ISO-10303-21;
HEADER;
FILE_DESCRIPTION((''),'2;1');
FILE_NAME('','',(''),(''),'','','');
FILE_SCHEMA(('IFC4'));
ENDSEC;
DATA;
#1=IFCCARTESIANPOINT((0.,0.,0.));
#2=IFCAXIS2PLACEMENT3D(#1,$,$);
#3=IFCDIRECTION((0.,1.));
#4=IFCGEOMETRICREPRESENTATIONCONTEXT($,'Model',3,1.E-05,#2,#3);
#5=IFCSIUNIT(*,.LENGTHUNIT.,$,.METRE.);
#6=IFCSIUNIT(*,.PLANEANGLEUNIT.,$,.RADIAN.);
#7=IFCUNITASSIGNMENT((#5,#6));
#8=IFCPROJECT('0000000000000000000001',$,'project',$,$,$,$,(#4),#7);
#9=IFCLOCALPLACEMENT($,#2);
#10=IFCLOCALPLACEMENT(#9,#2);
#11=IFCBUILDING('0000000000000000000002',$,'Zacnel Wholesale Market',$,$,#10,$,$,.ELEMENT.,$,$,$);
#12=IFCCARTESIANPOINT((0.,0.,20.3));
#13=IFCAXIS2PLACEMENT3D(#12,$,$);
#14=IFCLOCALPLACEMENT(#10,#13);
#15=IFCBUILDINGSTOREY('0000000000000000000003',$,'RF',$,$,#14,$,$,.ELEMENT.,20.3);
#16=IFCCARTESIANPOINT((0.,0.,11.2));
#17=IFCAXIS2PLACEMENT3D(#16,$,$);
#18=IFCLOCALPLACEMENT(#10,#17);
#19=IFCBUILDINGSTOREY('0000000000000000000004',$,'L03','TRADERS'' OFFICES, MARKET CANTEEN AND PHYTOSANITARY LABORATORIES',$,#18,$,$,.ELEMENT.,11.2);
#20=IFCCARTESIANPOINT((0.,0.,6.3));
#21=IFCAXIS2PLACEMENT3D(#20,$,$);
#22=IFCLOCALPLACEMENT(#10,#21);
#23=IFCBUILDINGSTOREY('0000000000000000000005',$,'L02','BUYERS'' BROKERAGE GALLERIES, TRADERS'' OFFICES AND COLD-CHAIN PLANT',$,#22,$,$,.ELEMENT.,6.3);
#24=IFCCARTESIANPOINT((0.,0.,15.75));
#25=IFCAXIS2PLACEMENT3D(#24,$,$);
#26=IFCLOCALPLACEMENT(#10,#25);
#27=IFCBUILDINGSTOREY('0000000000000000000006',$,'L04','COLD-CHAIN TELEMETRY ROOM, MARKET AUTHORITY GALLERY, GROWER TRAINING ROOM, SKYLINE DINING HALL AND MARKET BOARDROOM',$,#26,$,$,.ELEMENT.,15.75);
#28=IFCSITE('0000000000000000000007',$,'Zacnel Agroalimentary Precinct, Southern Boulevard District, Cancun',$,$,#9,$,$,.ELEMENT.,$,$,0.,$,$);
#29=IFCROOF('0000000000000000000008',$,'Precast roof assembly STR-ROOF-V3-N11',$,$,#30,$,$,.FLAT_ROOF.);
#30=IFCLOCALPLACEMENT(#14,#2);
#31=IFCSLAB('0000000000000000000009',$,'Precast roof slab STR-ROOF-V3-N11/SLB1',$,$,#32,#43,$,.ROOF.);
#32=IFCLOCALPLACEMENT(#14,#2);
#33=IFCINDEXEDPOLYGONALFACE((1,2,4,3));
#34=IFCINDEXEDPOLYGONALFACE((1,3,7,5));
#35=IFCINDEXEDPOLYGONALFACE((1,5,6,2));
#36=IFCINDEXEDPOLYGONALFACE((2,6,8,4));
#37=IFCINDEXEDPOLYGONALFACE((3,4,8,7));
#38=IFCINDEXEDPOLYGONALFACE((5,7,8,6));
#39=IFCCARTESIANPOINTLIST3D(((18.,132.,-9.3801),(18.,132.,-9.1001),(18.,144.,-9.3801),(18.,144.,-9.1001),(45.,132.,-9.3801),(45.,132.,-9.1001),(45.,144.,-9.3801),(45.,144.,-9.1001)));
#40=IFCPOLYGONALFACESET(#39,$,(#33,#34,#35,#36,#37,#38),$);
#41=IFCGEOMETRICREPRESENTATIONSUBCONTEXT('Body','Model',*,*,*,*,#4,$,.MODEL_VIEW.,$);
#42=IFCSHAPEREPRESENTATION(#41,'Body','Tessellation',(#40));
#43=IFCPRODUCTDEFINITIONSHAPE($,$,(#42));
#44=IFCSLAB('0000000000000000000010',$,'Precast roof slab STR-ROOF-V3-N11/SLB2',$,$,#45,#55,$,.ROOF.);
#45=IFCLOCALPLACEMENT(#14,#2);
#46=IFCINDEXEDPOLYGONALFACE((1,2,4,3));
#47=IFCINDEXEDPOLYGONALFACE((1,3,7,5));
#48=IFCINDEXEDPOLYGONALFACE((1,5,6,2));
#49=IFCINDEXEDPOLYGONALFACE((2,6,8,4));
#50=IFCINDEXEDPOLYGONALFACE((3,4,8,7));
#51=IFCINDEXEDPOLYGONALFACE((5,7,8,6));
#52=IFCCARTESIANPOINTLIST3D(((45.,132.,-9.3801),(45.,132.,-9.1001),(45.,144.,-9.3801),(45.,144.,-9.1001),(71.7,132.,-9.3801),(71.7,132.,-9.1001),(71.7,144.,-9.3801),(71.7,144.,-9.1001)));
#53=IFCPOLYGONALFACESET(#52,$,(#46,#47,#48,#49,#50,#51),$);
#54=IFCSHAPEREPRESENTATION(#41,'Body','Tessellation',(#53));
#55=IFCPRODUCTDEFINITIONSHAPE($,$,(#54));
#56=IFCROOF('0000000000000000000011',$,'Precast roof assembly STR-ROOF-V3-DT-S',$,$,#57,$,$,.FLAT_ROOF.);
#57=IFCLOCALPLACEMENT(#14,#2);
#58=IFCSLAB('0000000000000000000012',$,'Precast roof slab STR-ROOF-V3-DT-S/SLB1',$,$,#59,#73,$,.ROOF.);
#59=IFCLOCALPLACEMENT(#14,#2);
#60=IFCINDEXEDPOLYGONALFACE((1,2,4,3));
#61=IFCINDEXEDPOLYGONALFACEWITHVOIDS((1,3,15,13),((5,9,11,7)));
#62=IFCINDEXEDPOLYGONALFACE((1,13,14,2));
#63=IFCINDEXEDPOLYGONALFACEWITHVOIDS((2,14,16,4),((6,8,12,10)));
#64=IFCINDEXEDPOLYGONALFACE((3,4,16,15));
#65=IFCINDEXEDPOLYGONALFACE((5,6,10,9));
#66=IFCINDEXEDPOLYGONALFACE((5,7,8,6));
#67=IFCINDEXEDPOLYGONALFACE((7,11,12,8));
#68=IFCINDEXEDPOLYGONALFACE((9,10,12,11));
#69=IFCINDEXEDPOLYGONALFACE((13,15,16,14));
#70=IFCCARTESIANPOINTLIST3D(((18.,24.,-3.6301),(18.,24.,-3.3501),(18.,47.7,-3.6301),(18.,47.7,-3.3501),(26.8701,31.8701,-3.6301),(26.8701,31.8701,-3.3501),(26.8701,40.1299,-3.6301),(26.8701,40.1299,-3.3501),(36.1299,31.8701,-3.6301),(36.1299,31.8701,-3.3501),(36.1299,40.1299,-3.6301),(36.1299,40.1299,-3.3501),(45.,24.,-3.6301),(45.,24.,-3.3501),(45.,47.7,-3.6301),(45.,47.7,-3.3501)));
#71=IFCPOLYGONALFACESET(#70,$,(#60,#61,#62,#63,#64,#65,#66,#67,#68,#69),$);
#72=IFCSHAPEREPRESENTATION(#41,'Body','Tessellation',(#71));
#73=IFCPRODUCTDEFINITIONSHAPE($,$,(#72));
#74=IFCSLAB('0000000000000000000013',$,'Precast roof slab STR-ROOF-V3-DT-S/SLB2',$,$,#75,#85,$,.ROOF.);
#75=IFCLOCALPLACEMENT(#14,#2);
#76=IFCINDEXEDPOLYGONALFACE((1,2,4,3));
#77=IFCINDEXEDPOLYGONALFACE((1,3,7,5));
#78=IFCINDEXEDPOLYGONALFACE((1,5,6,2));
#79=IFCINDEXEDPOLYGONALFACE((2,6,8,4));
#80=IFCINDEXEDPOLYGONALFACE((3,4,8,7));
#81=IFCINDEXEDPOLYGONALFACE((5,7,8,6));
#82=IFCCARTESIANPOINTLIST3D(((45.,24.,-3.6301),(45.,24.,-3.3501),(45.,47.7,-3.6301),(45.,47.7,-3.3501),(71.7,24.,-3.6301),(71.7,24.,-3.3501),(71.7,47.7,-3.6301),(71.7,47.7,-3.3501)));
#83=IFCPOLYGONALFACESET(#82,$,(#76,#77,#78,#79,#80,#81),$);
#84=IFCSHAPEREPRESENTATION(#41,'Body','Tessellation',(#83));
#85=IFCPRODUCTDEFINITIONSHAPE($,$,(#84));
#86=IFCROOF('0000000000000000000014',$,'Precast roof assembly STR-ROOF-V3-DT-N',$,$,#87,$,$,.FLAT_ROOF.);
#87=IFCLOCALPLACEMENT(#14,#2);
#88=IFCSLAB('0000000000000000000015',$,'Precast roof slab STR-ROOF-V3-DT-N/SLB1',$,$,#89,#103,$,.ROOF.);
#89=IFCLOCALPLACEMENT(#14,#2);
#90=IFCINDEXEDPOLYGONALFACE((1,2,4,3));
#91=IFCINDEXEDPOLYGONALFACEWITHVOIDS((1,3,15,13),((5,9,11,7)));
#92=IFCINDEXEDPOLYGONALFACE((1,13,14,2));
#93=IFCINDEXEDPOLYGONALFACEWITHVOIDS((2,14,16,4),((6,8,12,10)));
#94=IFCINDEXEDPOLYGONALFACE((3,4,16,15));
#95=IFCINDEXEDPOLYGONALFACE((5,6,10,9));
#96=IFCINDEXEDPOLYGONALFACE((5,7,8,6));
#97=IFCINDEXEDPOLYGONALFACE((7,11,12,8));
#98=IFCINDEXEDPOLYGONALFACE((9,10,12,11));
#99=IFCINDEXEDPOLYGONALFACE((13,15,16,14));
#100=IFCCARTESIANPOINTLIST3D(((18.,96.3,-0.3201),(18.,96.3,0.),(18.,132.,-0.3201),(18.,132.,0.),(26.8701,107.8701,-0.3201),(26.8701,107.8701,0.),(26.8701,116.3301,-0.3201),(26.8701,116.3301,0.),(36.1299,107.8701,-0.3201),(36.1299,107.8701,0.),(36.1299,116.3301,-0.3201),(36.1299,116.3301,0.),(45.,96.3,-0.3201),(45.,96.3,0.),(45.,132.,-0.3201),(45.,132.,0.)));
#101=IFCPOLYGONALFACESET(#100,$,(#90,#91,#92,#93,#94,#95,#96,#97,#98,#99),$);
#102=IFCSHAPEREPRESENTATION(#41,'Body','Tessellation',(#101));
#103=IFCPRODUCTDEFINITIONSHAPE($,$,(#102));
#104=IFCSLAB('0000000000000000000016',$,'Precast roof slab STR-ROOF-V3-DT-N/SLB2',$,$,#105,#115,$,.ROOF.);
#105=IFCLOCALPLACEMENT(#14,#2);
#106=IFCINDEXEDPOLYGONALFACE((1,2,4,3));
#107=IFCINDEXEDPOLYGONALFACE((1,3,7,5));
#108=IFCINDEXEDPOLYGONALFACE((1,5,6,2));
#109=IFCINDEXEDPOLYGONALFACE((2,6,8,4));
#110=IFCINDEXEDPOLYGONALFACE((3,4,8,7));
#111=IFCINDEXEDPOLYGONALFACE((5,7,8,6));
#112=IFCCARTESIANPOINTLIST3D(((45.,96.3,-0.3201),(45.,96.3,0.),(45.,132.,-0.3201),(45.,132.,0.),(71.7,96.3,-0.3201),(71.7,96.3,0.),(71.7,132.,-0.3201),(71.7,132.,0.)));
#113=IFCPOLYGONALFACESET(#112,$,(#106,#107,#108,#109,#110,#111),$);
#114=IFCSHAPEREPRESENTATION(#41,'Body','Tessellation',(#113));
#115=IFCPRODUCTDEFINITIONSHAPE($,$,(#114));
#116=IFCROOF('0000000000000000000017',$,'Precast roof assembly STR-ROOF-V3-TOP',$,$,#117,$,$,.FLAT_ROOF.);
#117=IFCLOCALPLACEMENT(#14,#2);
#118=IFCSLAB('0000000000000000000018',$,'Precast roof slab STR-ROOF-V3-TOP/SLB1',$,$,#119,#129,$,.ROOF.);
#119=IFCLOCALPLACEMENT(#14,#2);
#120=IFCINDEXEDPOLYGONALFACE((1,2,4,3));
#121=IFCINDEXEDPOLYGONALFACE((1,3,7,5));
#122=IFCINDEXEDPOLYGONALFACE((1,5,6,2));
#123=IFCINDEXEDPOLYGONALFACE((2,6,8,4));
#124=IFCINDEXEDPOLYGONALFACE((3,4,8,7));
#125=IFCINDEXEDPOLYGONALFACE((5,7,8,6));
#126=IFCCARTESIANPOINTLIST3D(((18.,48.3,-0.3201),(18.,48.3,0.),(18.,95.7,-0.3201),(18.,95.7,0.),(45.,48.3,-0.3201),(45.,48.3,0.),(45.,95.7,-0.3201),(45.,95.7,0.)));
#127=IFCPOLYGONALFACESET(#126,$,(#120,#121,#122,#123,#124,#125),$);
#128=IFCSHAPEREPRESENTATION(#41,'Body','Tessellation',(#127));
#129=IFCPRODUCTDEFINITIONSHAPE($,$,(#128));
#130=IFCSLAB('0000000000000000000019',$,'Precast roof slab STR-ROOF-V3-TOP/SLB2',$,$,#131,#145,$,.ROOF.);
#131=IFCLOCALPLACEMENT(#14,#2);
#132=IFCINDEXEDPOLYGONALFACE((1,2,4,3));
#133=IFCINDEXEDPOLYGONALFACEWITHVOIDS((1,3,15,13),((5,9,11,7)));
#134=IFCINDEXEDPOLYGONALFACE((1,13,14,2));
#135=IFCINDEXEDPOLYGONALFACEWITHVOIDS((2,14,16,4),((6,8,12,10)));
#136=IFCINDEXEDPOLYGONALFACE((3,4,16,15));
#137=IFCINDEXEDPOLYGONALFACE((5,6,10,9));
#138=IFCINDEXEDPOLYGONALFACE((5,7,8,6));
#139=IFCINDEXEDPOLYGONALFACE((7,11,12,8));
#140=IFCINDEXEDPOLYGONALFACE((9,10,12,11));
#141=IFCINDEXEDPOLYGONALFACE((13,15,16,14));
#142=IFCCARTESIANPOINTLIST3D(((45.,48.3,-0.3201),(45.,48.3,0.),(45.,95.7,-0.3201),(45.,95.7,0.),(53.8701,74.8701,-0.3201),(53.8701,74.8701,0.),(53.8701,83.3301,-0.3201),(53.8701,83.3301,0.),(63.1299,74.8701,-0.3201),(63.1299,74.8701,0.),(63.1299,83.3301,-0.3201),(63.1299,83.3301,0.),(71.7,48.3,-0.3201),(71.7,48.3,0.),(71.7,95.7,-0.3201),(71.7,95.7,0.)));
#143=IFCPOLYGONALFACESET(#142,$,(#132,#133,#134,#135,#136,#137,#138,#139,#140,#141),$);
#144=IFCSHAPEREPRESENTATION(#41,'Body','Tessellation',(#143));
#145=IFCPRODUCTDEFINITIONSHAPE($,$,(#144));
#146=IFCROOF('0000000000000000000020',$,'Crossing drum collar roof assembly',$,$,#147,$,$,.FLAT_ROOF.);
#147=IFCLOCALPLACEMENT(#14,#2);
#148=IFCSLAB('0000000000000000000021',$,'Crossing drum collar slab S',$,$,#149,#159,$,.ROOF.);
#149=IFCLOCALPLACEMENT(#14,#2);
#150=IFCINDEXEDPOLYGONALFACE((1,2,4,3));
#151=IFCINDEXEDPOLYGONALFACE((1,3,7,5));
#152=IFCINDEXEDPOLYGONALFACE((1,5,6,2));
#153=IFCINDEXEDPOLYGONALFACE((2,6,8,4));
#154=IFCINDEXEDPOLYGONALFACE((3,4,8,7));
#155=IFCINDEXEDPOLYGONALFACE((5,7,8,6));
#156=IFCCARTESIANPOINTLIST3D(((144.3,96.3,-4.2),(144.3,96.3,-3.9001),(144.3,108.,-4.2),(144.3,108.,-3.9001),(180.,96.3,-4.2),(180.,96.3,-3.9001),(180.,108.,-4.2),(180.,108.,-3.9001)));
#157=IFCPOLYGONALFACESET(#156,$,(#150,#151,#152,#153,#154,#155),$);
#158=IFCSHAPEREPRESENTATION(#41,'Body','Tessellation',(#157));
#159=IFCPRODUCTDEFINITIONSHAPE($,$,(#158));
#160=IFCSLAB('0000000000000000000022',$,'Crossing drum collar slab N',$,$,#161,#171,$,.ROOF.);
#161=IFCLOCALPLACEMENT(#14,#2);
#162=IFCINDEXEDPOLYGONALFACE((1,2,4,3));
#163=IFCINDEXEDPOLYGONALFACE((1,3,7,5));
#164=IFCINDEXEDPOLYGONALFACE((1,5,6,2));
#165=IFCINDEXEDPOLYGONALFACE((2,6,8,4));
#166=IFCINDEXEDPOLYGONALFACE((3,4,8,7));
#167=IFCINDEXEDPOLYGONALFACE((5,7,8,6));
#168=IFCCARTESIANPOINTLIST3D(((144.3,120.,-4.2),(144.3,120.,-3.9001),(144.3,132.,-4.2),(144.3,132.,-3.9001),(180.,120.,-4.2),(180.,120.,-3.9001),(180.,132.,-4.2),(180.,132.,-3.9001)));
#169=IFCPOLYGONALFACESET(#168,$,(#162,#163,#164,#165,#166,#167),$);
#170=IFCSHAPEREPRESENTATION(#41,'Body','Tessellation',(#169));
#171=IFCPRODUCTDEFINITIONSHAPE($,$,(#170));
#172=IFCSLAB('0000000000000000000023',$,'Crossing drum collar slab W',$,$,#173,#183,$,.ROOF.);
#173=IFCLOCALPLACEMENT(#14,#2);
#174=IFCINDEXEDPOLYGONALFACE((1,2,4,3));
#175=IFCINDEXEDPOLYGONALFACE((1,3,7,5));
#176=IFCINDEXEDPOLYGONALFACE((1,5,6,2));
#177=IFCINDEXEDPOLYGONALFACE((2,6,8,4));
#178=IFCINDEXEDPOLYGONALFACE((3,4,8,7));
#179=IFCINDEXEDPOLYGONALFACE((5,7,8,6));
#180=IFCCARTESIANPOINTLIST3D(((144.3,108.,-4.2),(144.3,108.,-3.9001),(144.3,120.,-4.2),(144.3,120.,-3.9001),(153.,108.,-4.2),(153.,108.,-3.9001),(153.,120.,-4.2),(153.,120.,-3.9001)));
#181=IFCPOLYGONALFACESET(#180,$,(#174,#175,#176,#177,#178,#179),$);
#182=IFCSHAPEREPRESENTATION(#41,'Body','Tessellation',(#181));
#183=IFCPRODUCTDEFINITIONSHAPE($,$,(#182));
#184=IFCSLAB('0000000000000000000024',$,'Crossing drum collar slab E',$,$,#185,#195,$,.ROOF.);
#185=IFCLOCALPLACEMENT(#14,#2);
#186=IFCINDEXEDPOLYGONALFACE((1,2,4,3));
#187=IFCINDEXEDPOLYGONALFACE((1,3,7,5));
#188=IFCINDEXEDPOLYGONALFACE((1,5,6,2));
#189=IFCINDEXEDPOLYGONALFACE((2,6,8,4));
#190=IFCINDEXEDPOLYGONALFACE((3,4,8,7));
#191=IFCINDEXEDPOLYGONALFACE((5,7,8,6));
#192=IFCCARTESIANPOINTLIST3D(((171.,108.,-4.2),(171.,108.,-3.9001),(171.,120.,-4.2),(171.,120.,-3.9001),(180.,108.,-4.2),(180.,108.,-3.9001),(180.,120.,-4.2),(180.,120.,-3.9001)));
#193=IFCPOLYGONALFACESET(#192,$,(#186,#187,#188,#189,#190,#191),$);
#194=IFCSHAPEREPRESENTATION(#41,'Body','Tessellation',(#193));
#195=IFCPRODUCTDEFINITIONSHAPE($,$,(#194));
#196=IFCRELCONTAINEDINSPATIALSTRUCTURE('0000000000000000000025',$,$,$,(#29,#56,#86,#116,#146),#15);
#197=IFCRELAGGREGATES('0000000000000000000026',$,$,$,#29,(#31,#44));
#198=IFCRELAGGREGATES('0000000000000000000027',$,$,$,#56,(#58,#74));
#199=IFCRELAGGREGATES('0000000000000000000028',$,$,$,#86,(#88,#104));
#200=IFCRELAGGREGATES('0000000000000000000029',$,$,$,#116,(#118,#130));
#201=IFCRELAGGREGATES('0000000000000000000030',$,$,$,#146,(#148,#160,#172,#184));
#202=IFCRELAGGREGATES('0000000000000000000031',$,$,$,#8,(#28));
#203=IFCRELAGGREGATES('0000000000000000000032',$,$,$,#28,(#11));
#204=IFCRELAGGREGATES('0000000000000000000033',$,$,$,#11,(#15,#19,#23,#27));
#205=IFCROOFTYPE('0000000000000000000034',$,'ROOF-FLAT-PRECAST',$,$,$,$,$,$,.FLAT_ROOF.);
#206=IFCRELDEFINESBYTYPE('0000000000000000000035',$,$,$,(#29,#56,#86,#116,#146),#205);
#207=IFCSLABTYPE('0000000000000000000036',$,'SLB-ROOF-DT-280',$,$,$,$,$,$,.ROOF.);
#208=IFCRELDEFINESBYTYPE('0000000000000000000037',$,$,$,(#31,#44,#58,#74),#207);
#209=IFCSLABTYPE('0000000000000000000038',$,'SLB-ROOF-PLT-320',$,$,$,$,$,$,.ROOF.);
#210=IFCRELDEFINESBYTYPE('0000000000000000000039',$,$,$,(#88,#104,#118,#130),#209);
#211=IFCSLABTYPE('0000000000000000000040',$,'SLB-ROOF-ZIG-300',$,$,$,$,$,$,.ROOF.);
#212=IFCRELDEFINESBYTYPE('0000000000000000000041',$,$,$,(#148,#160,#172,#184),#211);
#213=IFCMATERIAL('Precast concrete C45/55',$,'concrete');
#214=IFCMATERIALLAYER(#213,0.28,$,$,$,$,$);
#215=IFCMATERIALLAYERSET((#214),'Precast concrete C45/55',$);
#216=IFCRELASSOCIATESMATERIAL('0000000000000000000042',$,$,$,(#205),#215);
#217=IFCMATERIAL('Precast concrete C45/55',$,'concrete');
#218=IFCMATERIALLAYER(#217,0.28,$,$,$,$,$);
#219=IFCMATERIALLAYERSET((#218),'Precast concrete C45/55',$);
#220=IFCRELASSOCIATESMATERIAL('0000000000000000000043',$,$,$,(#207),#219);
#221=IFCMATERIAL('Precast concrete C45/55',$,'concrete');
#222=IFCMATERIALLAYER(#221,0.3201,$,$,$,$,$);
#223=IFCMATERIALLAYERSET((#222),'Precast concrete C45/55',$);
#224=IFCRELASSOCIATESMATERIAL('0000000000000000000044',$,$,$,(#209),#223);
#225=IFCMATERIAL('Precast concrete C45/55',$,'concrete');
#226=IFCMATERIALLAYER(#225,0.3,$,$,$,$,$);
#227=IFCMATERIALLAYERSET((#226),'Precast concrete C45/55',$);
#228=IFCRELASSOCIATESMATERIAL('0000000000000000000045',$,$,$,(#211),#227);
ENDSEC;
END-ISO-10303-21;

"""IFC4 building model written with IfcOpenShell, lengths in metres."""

from ifc_helpers import new_model, si_unit, direction, frame, origin, place, context, subcontext, project, spatial, polyline, outline, extrude, material, layer, layer_set, type_object, element, aggregate, save


model = new_model("IFC4")

# Units and contexts
model_context = context("Model", 3, precision=1e-05, world=origin(), true_north=direction((0.0, 1.0)))
body_context = subcontext(model_context, "Body", "Model", "MODEL_VIEW")
ifc_project = project(units=[si_unit("LENGTHUNIT", "METRE"), si_unit("PLANEANGLEUNIT", "RADIAN")], contexts=[model_context])

# Site, building, storey
site_placement = place(None, origin())
site = spatial("IfcSite", under=ifc_project, at=site_placement, Name="Zacnel Agroalimentary Precinct, Southern Boulevard District, Cancun", CompositionType="ELEMENT", RefElevation=0.0)
building_placement = place(site_placement, origin())
building = spatial("IfcBuilding", under=site, at=building_placement, Name="Zacnel Wholesale Market", CompositionType="ELEMENT")
storey_1_placement = place(building_placement, frame((0.0, 0.0, 20.3)))
storey_1 = spatial("IfcBuildingStorey", under=building, at=storey_1_placement, Name="RF", CompositionType="ELEMENT", Elevation=20.3)

# Shared definitions
ifc_material_1 = material(Name="Precast concrete C45/55", Category="concrete")
ifc_layer_1 = layer(ifc_material_1, 0.28)
ifc_layer_set_1 = layer_set([ifc_layer_1], Name="Precast concrete C45/55")
roof_type = type_object("IfcRoofType", Name="ROOF-FLAT-PRECAST", PredefinedType="FLAT_ROOF", material=ifc_layer_set_1)

# Shared definitions
ifc_material_2 = material(Name="Precast concrete C45/55", Category="concrete")
ifc_layer_2 = layer(ifc_material_2, 0.28)
ifc_layer_set_2 = layer_set([ifc_layer_2], Name="Precast concrete C45/55")
slab_type_1 = type_object("IfcSlabType", Name="SLB-ROOF-DT-280", PredefinedType="ROOF", material=ifc_layer_set_2)

# Shared definitions
storey_2_placement = place(building_placement, frame((0.0, 0.0, 11.2)))
storey_2 = spatial("IfcBuildingStorey", under=building, at=storey_2_placement, Name="L03", Description="TRADERS' OFFICES, MARKET CANTEEN AND PHYTOSANITARY LABORATORIES", CompositionType="ELEMENT", Elevation=11.2)

# Shared definitions
storey_3_placement = place(building_placement, frame((0.0, 0.0, 6.3)))
storey_3 = spatial("IfcBuildingStorey", under=building, at=storey_3_placement, Name="L02", Description="BUYERS' BROKERAGE GALLERIES, TRADERS' OFFICES AND COLD-CHAIN PLANT", CompositionType="ELEMENT", Elevation=6.3)

# Roofs, slabs
roof_1_placement = place(storey_1_placement, origin())
roof_1 = element("IfcRoof", 1, at=roof_1_placement, inside=storey_1, type_object=roof_type, Name="Precast roof assembly STR-ROOF-V3-N11", PredefinedType="FLAT_ROOF")
slab_1_placement = place(storey_1_placement, frame((0.0, 0.0, -9.3801)))
slab_1 = element("IfcSlab", 2, at=slab_1_placement, type_object=slab_type_1, Name="Precast roof slab STR-ROOF-V3-N11/SLB1", PredefinedType="ROOF", context=body_context, shape_type="SweptSolid", body=[
    extrude(outline(polyline([(45.0, 144.0), (45.0, 132.0), (18.0, 132.0), (18.0, 144.0), (45.0, 144.0)])), origin(), (0.0, 0.0, 1.0), 0.28),
])
slab_2_placement = place(storey_1_placement, frame((0.0, 0.0, -9.3801)))
slab_2 = element("IfcSlab", 3, at=slab_2_placement, type_object=slab_type_1, Name="Precast roof slab STR-ROOF-V3-N11/SLB2", PredefinedType="ROOF", context=body_context, shape_type="SweptSolid", body=[
    extrude(outline(polyline([(71.7, 132.0), (45.0, 132.0), (45.0, 144.0), (71.7, 144.0), (71.7, 132.0)])), origin(), (0.0, 0.0, 1.0), 0.28),
])
aggregate(roof_1, [slab_1, slab_2])
roof_2_placement = place(storey_1_placement, origin())
roof_2 = element("IfcRoof", 4, at=roof_2_placement, inside=storey_1, type_object=roof_type, Name="Precast roof assembly STR-ROOF-V3-DT-S", PredefinedType="FLAT_ROOF")
slab_3_placement = place(storey_1_placement, frame((0.0, 0.0, -3.6301)))
slab_3 = element("IfcSlab", 5, at=slab_3_placement, type_object=slab_type_1, Name="Precast roof slab STR-ROOF-V3-DT-S/SLB1", PredefinedType="ROOF", context=body_context, shape_type="SweptSolid", body=[
    extrude(outline(polyline([(18.0, 47.7), (45.0, 47.7), (45.0, 24.0), (18.0, 24.0), (18.0, 47.7)]), holes=[polyline([(26.8701, 40.1299), (26.8701, 31.8701), (36.1299, 31.8701), (36.1299, 40.1299), (26.8701, 40.1299)])]), origin(), (0.0, 0.0, 1.0), 0.28),
])
slab_4_placement = place(storey_1_placement, frame((0.0, 0.0, -3.6301)))
slab_4 = element("IfcSlab", 6, at=slab_4_placement, type_object=slab_type_1, Name="Precast roof slab STR-ROOF-V3-DT-S/SLB2", PredefinedType="ROOF", context=body_context, shape_type="SweptSolid", body=[
    extrude(outline(polyline([(71.7, 47.7), (71.7, 24.0), (45.0, 24.0), (45.0, 47.7), (71.7, 47.7)])), origin(), (0.0, 0.0, 1.0), 0.28),
])
aggregate(roof_2, [slab_3, slab_4])
roof_3_placement = place(storey_1_placement, origin())
roof_3 = element("IfcRoof", 7, at=roof_3_placement, inside=storey_1, type_object=roof_type, Name="Precast roof assembly STR-ROOF-V3-DT-N", PredefinedType="FLAT_ROOF")
ifc_material_3 = material(Name="Precast concrete C45/55", Category="concrete")
ifc_layer_3 = layer(ifc_material_3, 0.3201)
ifc_layer_set_3 = layer_set([ifc_layer_3], Name="Precast concrete C45/55")
slab_type_2 = type_object("IfcSlabType", Name="SLB-ROOF-PLT-320", PredefinedType="ROOF", material=ifc_layer_set_3)
slab_5_placement = place(storey_1_placement, frame((0.0, 0.0, -0.3201)))
slab_5 = element("IfcSlab", 8, at=slab_5_placement, type_object=slab_type_2, Name="Precast roof slab STR-ROOF-V3-DT-N/SLB1", PredefinedType="ROOF", context=body_context, shape_type="SweptSolid", body=[
    extrude(outline(polyline([(18.0, 132.0), (45.0, 132.0), (45.0, 96.3), (18.0, 96.3), (18.0, 132.0)]), holes=[polyline([(26.8701, 116.3301), (26.8701, 107.8701), (36.1299, 107.8701), (36.1299, 116.3301), (26.8701, 116.3301)])]), origin(), (0.0, 0.0, 1.0), 0.3201),
])
slab_6_placement = place(storey_1_placement, frame((0.0, 0.0, -0.3201)))
slab_6 = element("IfcSlab", 9, at=slab_6_placement, type_object=slab_type_2, Name="Precast roof slab STR-ROOF-V3-DT-N/SLB2", PredefinedType="ROOF", context=body_context, shape_type="SweptSolid", body=[
    extrude(outline(polyline([(71.7, 132.0), (71.7, 96.3), (45.0, 96.3), (45.0, 132.0), (71.7, 132.0)])), origin(), (0.0, 0.0, 1.0), 0.3201),
])
aggregate(roof_3, [slab_5, slab_6])
roof_4_placement = place(storey_1_placement, origin())
roof_4 = element("IfcRoof", 10, at=roof_4_placement, inside=storey_1, type_object=roof_type, Name="Precast roof assembly STR-ROOF-V3-TOP", PredefinedType="FLAT_ROOF")
slab_7_placement = place(storey_1_placement, frame((0.0, 0.0, -0.3201)))
slab_7 = element("IfcSlab", 11, at=slab_7_placement, type_object=slab_type_2, Name="Precast roof slab STR-ROOF-V3-TOP/SLB1", PredefinedType="ROOF", context=body_context, shape_type="SweptSolid", body=[
    extrude(outline(polyline([(18.0, 95.7), (45.0, 95.7), (45.0, 48.3), (18.0, 48.3), (18.0, 95.7)])), origin(), (0.0, 0.0, 1.0), 0.3201),
])
slab_8_placement = place(storey_1_placement, frame((0.0, 0.0, -0.3201)))
slab_8 = element("IfcSlab", 12, at=slab_8_placement, type_object=slab_type_2, Name="Precast roof slab STR-ROOF-V3-TOP/SLB2", PredefinedType="ROOF", context=body_context, shape_type="SweptSolid", body=[
    extrude(outline(polyline([(71.7, 95.7), (71.7, 48.3), (45.0, 48.3), (45.0, 95.7), (71.7, 95.7)]), holes=[polyline([(53.8701, 83.3301), (53.8701, 74.8701), (63.1299, 74.8701), (63.1299, 83.3301), (53.8701, 83.3301)])]), origin(), (0.0, 0.0, 1.0), 0.3201),
])
aggregate(roof_4, [slab_7, slab_8])
roof_5_placement = place(storey_1_placement, origin())
roof_5 = element("IfcRoof", 13, at=roof_5_placement, inside=storey_1, type_object=roof_type, Name="Crossing drum collar roof assembly", PredefinedType="FLAT_ROOF")
ifc_material_4 = material(Name="Precast concrete C45/55", Category="concrete")
ifc_layer_4 = layer(ifc_material_4, 0.3)
ifc_layer_set_4 = layer_set([ifc_layer_4], Name="Precast concrete C45/55")
slab_type_3 = type_object("IfcSlabType", Name="SLB-ROOF-ZIG-300", PredefinedType="ROOF", material=ifc_layer_set_4)
slab_9_placement = place(storey_1_placement, frame((0.0, 0.0, -4.2)))
slab_9 = element("IfcSlab", 14, at=slab_9_placement, type_object=slab_type_3, Name="Crossing drum collar slab S", PredefinedType="ROOF", context=body_context, shape_type="SweptSolid", body=[
    extrude(outline(polyline([(144.3, 96.3), (180.0, 96.3), (180.0, 108.0), (144.3, 108.0), (144.3, 96.3)])), origin(), (0.0, 0.0, 1.0), 0.2998),
])
slab_10_placement = place(storey_1_placement, frame((0.0, 0.0, -4.2)))
slab_10 = element("IfcSlab", 15, at=slab_10_placement, type_object=slab_type_3, Name="Crossing drum collar slab N", PredefinedType="ROOF", context=body_context, shape_type="SweptSolid", body=[
    extrude(outline(polyline([(144.3, 120.0), (180.0, 120.0), (180.0, 132.0), (144.3, 132.0), (144.3, 120.0)])), origin(), (0.0, 0.0, 1.0), 0.2998),
])
slab_11_placement = place(storey_1_placement, frame((0.0, 0.0, -4.2)))
slab_11 = element("IfcSlab", 16, at=slab_11_placement, type_object=slab_type_3, Name="Crossing drum collar slab W", PredefinedType="ROOF", context=body_context, shape_type="SweptSolid", body=[
    extrude(outline(polyline([(144.3, 108.0), (153.0, 108.0), (153.0, 120.0), (144.3, 120.0), (144.3, 108.0)])), origin(), (0.0, 0.0, 1.0), 0.2998),
])
slab_12_placement = place(storey_1_placement, frame((0.0, 0.0, -4.2)))
slab_12 = element("IfcSlab", 17, at=slab_12_placement, type_object=slab_type_3, Name="Crossing drum collar slab E", PredefinedType="ROOF", context=body_context, shape_type="SweptSolid", body=[
    extrude(outline(polyline([(171.0, 108.0), (180.0, 108.0), (180.0, 120.0), (171.0, 120.0), (171.0, 108.0)])), origin(), (0.0, 0.0, 1.0), 0.2998),
])
aggregate(roof_5, [slab_9, slab_10, slab_11, slab_12])

# Shared definitions
storey_4_placement = place(building_placement, frame((0.0, 0.0, 15.75)))
storey_4 = spatial("IfcBuildingStorey", under=building, at=storey_4_placement, Name="L04", Description="COLD-CHAIN TELEMETRY ROOM, MARKET AUTHORITY GALLERY, GROWER TRAINING ROOM, SKYLINE DINING HALL AND MARKET BOARDROOM", CompositionType="ELEMENT", Elevation=15.75)

save(model, "model.ifc")
